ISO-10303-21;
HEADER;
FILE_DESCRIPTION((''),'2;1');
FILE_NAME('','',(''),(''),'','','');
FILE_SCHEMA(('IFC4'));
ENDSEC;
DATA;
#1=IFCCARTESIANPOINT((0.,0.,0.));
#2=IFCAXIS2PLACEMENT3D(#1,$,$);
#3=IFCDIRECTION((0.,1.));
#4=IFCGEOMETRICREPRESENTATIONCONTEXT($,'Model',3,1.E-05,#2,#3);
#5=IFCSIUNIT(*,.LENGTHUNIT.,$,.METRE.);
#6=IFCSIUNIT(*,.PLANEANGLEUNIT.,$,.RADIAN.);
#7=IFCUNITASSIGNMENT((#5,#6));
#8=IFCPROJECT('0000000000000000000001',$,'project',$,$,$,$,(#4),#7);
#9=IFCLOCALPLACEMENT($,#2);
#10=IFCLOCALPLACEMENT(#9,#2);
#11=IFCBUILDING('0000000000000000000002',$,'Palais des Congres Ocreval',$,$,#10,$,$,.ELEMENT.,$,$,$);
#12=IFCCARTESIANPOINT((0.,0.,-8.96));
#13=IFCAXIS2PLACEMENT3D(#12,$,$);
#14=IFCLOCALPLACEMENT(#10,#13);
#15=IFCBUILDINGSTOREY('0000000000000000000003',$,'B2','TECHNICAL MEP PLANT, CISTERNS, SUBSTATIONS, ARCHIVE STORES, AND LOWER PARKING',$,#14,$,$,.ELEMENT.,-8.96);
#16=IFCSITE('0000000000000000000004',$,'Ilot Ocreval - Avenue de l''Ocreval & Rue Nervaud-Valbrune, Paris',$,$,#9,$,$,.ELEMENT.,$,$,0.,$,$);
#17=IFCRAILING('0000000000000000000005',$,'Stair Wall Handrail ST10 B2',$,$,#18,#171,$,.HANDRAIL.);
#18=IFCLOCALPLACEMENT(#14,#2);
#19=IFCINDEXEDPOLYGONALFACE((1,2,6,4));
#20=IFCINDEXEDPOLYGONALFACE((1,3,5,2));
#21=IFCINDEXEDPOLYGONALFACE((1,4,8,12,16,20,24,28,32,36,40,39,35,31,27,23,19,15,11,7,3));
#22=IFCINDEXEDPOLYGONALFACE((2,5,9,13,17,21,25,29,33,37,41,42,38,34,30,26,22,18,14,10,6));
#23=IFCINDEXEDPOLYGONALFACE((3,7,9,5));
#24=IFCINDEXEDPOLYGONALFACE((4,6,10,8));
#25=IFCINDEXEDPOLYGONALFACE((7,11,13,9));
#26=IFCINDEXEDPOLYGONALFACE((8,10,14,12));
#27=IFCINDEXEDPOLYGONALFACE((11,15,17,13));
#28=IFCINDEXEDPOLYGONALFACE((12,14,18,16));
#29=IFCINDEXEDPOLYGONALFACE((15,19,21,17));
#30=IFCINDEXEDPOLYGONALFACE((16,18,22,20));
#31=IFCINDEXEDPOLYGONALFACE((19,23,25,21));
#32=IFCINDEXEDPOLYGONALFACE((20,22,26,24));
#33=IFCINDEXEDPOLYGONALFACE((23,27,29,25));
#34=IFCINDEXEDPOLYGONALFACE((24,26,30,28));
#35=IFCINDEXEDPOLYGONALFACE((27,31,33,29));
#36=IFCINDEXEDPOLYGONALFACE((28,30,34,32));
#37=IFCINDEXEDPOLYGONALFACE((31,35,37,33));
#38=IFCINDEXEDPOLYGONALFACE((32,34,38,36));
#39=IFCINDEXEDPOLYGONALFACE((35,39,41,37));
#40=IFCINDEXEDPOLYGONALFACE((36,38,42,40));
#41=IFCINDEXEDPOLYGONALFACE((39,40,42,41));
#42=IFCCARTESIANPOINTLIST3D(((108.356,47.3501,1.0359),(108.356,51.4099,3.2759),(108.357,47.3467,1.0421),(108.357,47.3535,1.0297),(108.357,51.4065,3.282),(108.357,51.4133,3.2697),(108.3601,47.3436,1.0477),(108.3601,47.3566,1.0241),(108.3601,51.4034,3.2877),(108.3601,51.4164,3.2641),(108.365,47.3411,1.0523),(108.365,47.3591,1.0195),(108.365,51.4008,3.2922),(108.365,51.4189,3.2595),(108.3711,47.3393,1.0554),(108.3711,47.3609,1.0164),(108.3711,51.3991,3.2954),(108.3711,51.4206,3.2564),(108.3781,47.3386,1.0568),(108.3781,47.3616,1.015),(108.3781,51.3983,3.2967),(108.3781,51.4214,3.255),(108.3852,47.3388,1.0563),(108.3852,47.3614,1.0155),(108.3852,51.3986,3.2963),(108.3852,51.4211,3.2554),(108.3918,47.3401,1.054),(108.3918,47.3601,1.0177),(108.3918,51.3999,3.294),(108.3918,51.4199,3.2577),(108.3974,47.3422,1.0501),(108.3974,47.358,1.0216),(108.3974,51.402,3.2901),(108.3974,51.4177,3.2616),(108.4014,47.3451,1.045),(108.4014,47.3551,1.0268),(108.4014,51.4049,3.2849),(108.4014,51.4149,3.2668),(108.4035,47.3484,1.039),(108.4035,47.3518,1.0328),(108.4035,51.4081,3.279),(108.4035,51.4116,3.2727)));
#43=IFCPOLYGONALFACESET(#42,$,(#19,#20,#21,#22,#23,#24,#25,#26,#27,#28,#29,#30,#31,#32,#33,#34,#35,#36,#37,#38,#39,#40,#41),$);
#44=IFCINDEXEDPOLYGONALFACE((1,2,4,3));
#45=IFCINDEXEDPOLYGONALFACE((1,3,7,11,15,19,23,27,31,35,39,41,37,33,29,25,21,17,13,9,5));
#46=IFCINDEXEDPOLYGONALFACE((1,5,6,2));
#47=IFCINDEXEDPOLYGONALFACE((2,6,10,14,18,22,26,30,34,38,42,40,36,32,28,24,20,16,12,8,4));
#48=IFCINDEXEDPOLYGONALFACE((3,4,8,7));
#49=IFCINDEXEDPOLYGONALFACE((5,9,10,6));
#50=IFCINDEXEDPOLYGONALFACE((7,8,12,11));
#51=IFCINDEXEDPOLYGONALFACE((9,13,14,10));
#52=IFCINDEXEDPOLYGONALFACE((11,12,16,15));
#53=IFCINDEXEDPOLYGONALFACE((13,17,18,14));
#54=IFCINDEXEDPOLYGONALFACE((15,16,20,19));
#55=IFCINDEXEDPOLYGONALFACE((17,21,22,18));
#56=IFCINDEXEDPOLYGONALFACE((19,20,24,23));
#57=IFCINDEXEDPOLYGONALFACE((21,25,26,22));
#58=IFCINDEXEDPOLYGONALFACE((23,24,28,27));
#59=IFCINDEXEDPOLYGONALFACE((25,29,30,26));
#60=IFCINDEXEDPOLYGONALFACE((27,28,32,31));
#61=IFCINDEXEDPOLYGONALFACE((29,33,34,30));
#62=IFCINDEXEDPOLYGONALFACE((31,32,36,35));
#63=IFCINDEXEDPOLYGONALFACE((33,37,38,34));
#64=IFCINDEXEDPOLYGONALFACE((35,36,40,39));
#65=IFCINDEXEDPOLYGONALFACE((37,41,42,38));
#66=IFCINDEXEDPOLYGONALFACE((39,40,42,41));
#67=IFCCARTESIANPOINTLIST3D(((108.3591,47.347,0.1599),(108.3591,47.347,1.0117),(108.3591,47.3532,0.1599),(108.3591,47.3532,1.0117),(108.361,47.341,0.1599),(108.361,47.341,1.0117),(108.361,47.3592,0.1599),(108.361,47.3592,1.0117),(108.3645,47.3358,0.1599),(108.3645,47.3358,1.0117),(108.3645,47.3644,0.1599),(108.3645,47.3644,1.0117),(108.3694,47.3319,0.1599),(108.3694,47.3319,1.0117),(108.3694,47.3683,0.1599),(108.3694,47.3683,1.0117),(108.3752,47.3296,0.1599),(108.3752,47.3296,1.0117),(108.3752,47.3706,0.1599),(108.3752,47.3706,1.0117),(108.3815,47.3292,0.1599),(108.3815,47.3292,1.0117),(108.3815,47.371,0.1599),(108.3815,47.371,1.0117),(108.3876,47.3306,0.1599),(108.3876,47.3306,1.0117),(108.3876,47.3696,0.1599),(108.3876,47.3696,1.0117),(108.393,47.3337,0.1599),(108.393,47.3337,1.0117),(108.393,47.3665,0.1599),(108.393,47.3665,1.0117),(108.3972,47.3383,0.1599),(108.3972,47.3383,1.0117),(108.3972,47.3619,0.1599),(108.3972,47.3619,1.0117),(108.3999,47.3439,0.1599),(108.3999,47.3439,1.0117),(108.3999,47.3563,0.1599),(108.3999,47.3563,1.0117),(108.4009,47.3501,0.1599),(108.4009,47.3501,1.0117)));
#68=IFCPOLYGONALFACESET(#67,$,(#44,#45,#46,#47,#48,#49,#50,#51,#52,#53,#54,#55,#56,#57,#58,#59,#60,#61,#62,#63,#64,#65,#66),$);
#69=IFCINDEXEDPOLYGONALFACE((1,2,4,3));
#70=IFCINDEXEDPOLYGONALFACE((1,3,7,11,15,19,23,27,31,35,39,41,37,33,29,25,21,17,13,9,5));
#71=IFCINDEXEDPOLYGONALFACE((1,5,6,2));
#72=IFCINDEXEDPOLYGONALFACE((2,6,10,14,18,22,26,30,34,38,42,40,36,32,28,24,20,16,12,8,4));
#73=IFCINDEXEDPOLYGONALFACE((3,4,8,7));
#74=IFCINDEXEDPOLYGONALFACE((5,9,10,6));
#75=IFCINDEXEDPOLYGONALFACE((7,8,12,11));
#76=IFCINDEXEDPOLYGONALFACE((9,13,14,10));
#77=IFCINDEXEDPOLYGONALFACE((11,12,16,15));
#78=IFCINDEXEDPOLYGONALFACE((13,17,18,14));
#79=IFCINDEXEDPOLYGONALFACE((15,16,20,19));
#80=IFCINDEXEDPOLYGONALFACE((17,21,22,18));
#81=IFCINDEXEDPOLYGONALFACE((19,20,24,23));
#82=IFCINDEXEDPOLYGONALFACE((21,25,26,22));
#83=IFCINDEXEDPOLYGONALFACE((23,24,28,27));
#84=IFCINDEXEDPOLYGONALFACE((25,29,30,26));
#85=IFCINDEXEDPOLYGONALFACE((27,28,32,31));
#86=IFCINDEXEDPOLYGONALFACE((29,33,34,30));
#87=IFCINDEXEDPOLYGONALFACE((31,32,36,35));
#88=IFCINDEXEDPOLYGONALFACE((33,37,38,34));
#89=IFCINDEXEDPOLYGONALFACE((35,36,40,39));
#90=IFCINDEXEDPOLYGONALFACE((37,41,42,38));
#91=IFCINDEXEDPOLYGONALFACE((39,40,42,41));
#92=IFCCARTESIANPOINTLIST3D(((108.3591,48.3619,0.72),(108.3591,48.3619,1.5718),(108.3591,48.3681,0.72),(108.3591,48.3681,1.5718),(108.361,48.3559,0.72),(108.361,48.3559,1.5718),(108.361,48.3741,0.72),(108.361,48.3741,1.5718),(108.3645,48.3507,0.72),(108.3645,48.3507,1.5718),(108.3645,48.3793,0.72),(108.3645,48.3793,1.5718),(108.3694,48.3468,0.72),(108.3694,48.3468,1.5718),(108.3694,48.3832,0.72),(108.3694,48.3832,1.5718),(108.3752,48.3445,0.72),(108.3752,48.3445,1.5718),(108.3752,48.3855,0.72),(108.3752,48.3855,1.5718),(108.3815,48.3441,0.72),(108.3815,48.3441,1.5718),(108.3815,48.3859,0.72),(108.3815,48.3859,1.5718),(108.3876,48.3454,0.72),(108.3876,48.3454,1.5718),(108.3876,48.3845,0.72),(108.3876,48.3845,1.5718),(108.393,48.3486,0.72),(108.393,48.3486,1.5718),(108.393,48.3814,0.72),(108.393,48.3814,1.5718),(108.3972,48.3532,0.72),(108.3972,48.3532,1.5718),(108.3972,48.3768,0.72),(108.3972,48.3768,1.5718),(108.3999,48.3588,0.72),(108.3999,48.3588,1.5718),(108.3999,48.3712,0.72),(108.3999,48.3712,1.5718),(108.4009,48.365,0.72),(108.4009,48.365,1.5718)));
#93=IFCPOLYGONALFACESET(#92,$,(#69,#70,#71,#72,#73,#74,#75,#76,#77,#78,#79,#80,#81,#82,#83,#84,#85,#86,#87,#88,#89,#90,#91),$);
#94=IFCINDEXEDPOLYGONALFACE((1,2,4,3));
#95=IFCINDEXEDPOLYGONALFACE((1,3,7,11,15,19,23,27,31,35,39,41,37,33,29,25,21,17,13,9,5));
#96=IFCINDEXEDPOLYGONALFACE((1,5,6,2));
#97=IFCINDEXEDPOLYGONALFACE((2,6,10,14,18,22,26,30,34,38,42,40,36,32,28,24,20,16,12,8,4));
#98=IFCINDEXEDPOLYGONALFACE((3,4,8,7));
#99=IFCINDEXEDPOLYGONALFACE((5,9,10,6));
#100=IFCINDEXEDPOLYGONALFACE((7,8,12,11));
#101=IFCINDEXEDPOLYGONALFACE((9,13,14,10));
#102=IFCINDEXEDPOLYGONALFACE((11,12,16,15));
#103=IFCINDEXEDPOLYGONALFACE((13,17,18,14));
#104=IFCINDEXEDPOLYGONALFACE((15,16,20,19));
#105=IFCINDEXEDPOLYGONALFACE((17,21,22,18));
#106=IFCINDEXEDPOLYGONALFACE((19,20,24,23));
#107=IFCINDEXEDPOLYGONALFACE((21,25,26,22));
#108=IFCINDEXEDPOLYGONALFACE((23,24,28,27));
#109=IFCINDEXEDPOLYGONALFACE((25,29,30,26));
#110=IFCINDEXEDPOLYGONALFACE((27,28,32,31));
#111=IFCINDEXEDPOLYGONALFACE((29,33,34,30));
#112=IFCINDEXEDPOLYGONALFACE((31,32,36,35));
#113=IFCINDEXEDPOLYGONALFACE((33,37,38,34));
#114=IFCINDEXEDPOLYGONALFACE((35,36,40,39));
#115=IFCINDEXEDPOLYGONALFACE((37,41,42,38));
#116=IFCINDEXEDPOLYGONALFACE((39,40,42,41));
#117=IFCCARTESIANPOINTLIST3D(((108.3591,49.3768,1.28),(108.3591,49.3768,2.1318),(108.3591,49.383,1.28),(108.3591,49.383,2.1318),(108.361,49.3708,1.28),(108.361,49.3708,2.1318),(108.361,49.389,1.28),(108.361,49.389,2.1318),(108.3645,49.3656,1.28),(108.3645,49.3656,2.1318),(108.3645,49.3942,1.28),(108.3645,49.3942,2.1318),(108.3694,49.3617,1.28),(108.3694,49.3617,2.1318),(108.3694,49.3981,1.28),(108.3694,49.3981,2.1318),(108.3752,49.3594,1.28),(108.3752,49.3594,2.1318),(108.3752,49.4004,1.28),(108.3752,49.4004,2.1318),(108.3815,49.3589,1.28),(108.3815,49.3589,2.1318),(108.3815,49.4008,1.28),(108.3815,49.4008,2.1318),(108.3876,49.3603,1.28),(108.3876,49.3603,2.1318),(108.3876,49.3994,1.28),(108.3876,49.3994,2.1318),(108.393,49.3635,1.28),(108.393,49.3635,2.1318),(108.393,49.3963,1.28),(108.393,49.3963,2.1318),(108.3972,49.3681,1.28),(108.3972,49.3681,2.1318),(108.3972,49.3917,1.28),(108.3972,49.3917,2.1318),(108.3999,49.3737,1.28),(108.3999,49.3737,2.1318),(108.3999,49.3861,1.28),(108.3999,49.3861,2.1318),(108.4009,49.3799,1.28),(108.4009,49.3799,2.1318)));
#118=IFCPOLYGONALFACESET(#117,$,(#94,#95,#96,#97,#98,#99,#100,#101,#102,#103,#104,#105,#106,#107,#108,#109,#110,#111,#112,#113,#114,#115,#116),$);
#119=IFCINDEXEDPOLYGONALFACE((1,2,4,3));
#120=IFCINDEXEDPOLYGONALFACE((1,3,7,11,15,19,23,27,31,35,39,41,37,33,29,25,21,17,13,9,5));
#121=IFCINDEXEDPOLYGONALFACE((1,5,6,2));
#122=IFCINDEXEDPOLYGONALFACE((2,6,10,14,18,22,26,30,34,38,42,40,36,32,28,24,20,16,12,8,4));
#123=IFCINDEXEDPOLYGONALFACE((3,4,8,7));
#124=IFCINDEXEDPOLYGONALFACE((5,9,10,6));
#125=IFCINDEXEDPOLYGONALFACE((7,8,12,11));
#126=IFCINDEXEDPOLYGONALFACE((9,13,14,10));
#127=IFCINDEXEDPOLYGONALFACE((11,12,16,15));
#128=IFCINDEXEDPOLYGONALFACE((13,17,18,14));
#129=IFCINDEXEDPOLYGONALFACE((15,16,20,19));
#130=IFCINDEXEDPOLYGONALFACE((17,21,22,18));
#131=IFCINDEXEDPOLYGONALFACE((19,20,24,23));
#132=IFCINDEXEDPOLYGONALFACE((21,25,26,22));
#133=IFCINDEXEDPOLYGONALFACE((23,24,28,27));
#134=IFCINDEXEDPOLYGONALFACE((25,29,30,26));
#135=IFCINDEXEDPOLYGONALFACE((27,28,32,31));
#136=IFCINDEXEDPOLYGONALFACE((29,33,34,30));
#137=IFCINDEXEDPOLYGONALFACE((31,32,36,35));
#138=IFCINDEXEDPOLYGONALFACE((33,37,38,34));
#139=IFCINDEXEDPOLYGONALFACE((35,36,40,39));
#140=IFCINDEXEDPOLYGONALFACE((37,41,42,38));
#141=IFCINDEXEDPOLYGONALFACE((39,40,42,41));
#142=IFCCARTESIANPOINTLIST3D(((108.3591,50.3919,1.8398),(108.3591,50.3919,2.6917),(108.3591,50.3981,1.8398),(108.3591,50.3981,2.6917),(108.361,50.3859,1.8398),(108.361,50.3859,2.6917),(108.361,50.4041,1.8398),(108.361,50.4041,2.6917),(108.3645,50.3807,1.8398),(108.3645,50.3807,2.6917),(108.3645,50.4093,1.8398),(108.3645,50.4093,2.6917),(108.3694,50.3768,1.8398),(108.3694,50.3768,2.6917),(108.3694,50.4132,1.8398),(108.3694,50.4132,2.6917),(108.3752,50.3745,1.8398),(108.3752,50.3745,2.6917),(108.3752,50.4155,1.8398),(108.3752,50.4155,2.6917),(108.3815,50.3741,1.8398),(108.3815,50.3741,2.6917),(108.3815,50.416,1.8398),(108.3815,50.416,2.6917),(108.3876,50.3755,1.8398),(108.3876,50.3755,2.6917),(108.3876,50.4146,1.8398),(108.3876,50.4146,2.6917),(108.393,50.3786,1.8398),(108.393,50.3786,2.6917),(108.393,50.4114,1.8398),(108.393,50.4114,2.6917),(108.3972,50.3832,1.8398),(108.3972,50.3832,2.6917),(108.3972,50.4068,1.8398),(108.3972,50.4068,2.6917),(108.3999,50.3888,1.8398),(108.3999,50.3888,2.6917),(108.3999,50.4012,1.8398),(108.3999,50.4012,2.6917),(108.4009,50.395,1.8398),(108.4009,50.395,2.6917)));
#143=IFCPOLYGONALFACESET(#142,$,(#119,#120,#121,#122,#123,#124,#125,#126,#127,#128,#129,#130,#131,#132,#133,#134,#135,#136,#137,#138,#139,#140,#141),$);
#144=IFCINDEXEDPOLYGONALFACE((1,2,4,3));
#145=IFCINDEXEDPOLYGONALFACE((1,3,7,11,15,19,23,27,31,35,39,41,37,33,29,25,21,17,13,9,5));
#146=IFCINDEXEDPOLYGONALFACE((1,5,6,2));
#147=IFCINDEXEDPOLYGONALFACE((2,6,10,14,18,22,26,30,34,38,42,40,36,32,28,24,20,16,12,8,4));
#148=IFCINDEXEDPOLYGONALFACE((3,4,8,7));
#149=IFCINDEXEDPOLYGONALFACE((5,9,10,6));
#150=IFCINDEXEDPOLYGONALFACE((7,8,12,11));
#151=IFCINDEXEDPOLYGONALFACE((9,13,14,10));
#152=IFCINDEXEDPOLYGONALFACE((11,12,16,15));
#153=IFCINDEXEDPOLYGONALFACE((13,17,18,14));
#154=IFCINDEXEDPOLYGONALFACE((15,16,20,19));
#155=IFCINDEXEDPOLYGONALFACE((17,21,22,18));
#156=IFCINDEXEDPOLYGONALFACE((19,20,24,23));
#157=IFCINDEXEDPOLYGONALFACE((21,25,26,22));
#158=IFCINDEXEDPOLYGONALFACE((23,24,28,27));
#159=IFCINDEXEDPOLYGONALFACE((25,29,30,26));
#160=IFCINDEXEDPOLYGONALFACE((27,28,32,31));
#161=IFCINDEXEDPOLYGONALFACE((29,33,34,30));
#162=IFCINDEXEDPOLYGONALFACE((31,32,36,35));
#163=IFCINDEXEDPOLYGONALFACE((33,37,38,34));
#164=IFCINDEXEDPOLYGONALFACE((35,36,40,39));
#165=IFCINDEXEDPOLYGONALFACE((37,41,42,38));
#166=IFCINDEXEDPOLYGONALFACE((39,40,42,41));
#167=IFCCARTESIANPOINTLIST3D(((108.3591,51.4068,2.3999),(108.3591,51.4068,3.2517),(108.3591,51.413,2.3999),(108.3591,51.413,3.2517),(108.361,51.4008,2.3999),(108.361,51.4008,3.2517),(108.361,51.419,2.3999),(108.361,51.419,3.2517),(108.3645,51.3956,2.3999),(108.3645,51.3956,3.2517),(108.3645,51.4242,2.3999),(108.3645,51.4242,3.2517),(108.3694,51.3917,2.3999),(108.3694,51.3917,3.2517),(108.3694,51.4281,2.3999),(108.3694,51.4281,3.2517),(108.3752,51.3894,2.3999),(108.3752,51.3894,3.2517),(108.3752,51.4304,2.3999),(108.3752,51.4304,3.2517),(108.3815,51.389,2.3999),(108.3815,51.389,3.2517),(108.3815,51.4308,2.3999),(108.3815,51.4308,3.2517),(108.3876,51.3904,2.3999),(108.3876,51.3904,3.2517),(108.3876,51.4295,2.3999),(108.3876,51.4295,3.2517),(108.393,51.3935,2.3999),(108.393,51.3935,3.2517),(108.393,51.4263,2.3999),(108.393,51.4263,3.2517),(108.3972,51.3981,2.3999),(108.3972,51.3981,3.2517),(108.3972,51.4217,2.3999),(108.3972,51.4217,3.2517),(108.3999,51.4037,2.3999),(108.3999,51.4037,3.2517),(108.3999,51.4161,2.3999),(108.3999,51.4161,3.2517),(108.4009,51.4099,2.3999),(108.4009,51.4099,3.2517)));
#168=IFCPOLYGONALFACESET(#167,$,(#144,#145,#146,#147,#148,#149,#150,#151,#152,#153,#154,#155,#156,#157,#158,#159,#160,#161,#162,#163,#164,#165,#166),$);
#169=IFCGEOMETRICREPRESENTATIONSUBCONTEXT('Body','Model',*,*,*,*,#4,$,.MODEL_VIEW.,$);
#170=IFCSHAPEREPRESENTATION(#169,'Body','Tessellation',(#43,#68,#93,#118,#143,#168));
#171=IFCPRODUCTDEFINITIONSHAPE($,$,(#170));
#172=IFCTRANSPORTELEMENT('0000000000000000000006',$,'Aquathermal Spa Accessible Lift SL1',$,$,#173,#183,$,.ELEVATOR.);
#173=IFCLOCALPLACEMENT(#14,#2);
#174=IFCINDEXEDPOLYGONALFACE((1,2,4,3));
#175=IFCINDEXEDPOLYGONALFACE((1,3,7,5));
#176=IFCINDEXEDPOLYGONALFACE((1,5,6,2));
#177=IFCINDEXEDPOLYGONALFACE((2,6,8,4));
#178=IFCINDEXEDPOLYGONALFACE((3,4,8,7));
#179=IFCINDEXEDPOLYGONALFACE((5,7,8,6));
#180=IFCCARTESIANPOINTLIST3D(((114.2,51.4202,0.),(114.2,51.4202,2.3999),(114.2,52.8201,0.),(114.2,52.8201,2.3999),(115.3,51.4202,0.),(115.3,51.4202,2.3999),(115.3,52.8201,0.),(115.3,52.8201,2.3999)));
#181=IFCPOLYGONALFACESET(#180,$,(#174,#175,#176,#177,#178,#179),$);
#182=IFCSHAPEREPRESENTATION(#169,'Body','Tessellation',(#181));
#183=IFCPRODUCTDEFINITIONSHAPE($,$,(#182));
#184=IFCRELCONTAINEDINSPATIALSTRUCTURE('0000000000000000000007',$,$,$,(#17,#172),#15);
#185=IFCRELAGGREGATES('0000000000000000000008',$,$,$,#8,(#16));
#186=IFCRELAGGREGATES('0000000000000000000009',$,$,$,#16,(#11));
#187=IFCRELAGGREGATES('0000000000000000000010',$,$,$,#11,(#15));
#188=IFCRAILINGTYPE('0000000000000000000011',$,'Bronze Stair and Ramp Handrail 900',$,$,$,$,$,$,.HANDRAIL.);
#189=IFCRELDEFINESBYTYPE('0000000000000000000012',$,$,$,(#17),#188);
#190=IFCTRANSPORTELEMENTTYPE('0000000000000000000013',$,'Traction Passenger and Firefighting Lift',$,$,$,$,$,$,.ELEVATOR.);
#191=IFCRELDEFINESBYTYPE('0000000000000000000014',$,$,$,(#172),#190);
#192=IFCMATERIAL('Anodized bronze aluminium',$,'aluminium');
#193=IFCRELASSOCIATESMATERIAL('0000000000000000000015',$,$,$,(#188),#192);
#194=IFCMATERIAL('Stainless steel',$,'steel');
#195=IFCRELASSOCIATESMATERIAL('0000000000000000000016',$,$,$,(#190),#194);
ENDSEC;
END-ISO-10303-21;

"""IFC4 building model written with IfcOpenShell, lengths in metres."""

from ifc_helpers import new_model, si_unit, direction, frame, origin, origin_2d, place, context, subcontext, project, spatial, rectangle, circle, extrude, material, type_object, element, save


model = new_model("IFC4")

# Units and contexts
model_context = context("Model", 3, precision=1e-05, world=origin(), true_north=direction((0.0, 1.0)))
body_context = subcontext(model_context, "Body", "Model", "MODEL_VIEW")
ifc_project = project(units=[si_unit("LENGTHUNIT", "METRE"), si_unit("PLANEANGLEUNIT", "RADIAN")], contexts=[model_context])

# Site, building, storey
site_placement = place(None, origin())
site = spatial("IfcSite", under=ifc_project, at=site_placement, Name="Ilot Ocreval - Avenue de l'Ocreval & Rue Nervaud-Valbrune, Paris", CompositionType="ELEMENT", RefElevation=0.0)
building_placement = place(site_placement, origin())
building = spatial("IfcBuilding", under=site, at=building_placement, Name="Palais des Congres Ocreval", CompositionType="ELEMENT")
storey_placement = place(building_placement, frame((0.0, 0.0, -8.96)))
storey = spatial("IfcBuildingStorey", under=building, at=storey_placement, Name="B2", Description="TECHNICAL MEP PLANT, CISTERNS, SUBSTATIONS, ARCHIVE STORES, AND LOWER PARKING", CompositionType="ELEMENT", Elevation=-8.96)

# Railing
ifc_material_1 = material(Name="Anodized bronze aluminium", Category="aluminium")
railing_type_1 = type_object("IfcRailingType", Name="Bronze Stair and Ramp Handrail 900", PredefinedType="HANDRAIL", material=ifc_material_1)
railing_1_placement = place(storey_placement, frame((108.3799, 47.3501, 0.1599)))
element("IfcRailing", 1, at=railing_1_placement, inside=storey, type_object=railing_type_1, Name="Stair Wall Handrail ST10 B2", PredefinedType="HANDRAIL", context=body_context, shape_type="SweptSolid", body=[
    extrude(circle(Radius=0.0239, at=origin_2d()), frame((0.0, 0.0, 0.876), z_axis=(0.0, 0.875569, 0.483093), x_axis=(-1.0, 0.0, 0.0)), (0.0, 0.0, 1.0), 4.6367),
    extrude(circle(Radius=0.021, at=origin_2d()), origin(), (0.0, 0.0, 1.0), 0.8518),
    extrude(circle(Radius=0.021, at=origin_2d()), frame((0.0, 1.0149, 0.5601)), (0.0, 0.0, 1.0), 0.8518),
    extrude(circle(Radius=0.021, at=origin_2d()), frame((0.0, 2.0298, 1.1201)), (0.0, 0.0, 1.0), 0.8518),
    extrude(circle(Radius=0.021, at=origin_2d()), frame((0.0, 3.0449, 1.6799)), (0.0, 0.0, 1.0), 0.8518),
    extrude(circle(Radius=0.021, at=origin_2d()), frame((0.0, 4.0598, 2.24)), (0.0, 0.0, 1.0), 0.8518),
])

# Transport element
ifc_material_2 = material(Name="Stainless steel", Category="steel")
transport_element_type = type_object("IfcTransportElementType", Name="Traction Passenger and Firefighting Lift", PredefinedType="ELEVATOR", material=ifc_material_2)
transport_element_placement = place(storey_placement, frame((114.75, 52.1201, 0.0), z_axis=(0.0, 0.0, 1.0), x_axis=(1.0, 0.0, 0.0)))
element("IfcTransportElement", 2, at=transport_element_placement, inside=storey, type_object=transport_element_type, Name="Aquathermal Spa Accessible Lift SL1", PredefinedType="ELEVATOR", context=body_context, shape_type="SweptSolid", body=[
    extrude(rectangle(XDim=1.1001, YDim=1.3999, at=origin_2d()), origin(), (0.0, 0.0, 1.0), 2.3999),
])

save(model, "model.ifc")
